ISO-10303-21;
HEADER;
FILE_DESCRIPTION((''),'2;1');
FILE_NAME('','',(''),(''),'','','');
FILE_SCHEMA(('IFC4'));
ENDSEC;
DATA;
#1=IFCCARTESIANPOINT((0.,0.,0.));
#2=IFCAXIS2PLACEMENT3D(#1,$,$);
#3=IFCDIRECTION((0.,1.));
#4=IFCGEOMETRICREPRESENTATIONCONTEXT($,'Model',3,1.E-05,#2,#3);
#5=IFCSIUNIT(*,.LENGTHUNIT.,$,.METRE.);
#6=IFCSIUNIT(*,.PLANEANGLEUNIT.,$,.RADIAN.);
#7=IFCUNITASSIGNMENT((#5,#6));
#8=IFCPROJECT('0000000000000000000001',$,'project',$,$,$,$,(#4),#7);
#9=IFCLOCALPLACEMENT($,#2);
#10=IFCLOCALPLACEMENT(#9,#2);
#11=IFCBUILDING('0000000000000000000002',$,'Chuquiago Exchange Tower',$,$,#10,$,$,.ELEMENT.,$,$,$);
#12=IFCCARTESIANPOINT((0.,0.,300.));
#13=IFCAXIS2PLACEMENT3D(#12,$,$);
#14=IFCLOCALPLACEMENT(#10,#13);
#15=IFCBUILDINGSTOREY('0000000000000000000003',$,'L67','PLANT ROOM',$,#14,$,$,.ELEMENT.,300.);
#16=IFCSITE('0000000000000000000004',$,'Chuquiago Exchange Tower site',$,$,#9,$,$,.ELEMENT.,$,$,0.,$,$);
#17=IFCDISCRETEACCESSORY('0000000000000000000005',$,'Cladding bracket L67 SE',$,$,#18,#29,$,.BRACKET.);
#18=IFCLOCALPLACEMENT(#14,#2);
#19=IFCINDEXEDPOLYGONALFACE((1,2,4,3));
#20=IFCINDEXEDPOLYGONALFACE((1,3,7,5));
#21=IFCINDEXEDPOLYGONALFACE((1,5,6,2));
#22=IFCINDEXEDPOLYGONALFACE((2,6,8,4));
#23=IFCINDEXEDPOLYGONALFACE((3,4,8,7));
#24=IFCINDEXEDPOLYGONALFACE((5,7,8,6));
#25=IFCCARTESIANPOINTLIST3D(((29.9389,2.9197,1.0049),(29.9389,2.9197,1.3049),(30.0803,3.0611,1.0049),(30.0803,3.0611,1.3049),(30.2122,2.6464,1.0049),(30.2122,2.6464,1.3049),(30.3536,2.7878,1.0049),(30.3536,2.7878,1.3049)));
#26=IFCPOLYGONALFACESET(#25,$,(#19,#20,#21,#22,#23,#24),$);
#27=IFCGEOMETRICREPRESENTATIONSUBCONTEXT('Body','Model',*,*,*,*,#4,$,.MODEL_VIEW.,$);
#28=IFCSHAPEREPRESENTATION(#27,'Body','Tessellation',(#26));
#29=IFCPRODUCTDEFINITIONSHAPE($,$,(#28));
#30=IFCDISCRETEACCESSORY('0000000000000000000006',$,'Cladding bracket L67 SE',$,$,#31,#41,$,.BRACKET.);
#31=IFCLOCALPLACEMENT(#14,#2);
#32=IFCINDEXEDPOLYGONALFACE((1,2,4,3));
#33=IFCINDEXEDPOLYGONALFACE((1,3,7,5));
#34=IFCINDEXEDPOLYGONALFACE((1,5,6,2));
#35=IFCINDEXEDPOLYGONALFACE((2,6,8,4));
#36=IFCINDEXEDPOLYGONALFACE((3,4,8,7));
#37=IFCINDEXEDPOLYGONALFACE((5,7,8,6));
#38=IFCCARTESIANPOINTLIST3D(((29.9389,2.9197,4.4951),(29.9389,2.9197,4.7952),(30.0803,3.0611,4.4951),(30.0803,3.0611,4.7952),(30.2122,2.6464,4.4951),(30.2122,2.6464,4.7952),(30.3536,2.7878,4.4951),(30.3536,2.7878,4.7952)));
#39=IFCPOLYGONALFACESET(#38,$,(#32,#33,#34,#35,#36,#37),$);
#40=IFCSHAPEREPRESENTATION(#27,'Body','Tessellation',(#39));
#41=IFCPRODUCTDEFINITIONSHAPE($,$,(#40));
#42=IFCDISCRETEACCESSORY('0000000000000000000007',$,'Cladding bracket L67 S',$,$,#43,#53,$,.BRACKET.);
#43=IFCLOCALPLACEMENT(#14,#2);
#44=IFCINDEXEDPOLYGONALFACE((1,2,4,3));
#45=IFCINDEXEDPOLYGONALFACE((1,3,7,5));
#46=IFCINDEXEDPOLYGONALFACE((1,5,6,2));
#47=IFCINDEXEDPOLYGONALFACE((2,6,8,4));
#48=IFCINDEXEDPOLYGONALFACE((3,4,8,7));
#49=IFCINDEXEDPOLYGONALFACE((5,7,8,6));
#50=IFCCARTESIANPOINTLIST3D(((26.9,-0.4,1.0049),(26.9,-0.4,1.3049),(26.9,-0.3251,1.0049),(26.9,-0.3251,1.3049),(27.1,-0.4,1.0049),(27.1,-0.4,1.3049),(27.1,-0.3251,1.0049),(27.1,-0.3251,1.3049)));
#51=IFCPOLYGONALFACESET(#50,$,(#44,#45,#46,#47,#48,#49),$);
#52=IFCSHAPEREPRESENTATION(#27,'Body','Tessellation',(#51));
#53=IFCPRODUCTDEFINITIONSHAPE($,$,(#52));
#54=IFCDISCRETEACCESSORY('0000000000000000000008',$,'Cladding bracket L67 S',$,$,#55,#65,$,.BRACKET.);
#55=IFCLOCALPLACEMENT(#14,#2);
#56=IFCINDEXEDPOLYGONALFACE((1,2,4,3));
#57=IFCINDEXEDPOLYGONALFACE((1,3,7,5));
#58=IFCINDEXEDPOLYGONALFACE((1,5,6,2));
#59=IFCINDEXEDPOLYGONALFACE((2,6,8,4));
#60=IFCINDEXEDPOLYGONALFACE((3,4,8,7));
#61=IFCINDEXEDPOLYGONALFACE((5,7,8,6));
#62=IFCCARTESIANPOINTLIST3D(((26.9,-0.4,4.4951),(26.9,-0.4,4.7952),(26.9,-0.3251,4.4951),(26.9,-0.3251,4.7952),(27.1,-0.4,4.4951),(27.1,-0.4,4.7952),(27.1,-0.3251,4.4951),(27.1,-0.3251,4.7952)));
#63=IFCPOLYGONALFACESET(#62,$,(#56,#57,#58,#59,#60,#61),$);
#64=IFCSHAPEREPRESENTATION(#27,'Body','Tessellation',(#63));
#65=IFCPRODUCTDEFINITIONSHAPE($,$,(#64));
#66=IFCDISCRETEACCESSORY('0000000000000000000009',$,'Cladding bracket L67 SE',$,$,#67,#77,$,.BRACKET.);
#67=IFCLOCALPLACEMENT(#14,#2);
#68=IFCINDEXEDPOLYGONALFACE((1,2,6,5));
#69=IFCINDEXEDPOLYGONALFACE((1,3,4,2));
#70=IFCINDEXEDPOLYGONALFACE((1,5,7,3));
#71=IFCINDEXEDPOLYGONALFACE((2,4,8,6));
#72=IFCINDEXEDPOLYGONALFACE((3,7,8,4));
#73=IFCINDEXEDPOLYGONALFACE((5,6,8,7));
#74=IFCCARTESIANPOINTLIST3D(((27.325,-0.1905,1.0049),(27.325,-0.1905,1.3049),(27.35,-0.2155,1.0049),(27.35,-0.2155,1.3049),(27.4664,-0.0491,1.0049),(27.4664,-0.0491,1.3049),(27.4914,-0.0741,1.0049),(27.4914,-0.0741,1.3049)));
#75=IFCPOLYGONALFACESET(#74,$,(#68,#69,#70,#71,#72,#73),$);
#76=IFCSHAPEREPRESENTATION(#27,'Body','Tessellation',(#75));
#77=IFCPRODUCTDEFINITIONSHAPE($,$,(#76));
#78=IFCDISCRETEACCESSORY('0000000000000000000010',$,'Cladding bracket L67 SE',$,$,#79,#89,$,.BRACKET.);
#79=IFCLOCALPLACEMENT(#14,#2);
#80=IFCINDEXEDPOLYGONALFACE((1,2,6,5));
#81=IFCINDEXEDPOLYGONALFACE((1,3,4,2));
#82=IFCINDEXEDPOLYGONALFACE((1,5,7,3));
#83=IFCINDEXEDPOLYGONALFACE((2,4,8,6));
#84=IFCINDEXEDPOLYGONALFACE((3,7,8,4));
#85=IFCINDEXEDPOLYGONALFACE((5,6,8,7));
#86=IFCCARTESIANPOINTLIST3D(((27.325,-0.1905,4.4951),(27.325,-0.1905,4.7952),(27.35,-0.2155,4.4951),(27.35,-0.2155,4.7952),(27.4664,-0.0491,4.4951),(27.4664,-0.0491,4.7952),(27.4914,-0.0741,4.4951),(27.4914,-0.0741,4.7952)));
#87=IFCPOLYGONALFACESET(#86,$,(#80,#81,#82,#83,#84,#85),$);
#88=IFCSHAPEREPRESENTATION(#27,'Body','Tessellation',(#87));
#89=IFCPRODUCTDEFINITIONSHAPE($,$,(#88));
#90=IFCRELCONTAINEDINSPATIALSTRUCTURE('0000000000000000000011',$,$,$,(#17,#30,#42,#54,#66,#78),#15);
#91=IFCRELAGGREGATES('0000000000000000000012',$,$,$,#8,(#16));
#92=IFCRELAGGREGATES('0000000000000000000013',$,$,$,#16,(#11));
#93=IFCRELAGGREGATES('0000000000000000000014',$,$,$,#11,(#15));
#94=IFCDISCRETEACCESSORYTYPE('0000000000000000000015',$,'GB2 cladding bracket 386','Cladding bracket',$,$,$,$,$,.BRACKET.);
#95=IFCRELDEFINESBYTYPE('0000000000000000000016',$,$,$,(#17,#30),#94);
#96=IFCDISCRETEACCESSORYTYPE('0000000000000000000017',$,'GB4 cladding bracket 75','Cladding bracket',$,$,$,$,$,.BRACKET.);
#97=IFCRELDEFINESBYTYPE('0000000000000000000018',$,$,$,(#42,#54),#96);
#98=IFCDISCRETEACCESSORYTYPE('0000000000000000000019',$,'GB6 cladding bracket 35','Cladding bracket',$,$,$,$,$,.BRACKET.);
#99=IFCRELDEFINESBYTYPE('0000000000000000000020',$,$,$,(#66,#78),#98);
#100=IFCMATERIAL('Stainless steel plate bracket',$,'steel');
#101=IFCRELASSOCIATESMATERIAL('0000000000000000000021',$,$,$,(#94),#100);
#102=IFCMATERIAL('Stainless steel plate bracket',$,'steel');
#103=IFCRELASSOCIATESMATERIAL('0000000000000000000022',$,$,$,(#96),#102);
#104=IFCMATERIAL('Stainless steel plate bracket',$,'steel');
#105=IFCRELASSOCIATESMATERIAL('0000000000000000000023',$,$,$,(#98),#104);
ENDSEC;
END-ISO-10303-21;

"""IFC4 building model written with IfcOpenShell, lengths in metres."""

from ifc_helpers import new_model, si_unit, direction, frame, origin, origin_2d, place, context, subcontext, project, spatial, rectangle, extrude, material, type_object, element, save


model = new_model("IFC4")

# Units and contexts
model_context = context("Model", 3, precision=1e-05, world=origin(), true_north=direction((0.0, 1.0)))
body_context = subcontext(model_context, "Body", "Model", "MODEL_VIEW")
ifc_project = project(units=[si_unit("LENGTHUNIT", "METRE"), si_unit("PLANEANGLEUNIT", "RADIAN")], contexts=[model_context])

# Site, building, storey
site_placement = place(None, origin())
site = spatial("IfcSite", under=ifc_project, at=site_placement, Name="Chuquiago Exchange Tower site", CompositionType="ELEMENT", RefElevation=0.0)
building_placement = place(site_placement, origin())
building = spatial("IfcBuilding", under=site, at=building_placement, Name="Chuquiago Exchange Tower", CompositionType="ELEMENT")
storey_placement = place(building_placement, frame((0.0, 0.0, 300.0)))
storey = spatial("IfcBuildingStorey", under=building, at=storey_placement, Name="L67", Description="PLANT ROOM", CompositionType="ELEMENT", Elevation=300.0)

# Discrete accessories
ifc_material_1 = material(Name="Stainless steel plate bracket", Category="steel")
discrete_accessory_type_1 = type_object("IfcDiscreteAccessoryType", Name="GB2 cladding bracket 386", Description="Cladding bracket", PredefinedType="BRACKET", material=ifc_material_1)
for number, where, z_axis, x_axis, name in (
    (1, (30.1462, 2.8538, 1.0049), (0.0, 0.0, 1.0), (0.707107, 0.707107, 0.0), "Cladding bracket L67 SE"),
    (2, (30.1462, 2.8538, 4.4951), (0.0, 0.0, 1.0), (0.707107, 0.707107, 0.0), "Cladding bracket L67 SE"),
):
    element("IfcDiscreteAccessory", number, at=place(storey_placement, frame(where, z_axis=z_axis, x_axis=x_axis)), inside=storey, type_object=discrete_accessory_type_1, Name=name, PredefinedType="BRACKET", context=body_context, shape_type="SweptSolid", body=[
        extrude(rectangle(XDim=0.2, YDim=0.3865, at=origin_2d()), origin(), (0.0, 0.0, 1.0), 0.3),
    ])
ifc_material_2 = material(Name="Stainless steel plate bracket", Category="steel")
discrete_accessory_type_2 = type_object("IfcDiscreteAccessoryType", Name="GB4 cladding bracket 75", Description="Cladding bracket", PredefinedType="BRACKET", material=ifc_material_2)
for number, where, z_axis, x_axis, name in (
    (3, (27.0, -0.3625, 1.0049), (0.0, 0.0, 1.0), (1.0, 0.0, 0.0), "Cladding bracket L67 S"),
    (4, (27.0, -0.3625, 4.4951), (0.0, 0.0, 1.0), (1.0, 0.0, 0.0), "Cladding bracket L67 S"),
):
    element("IfcDiscreteAccessory", number, at=place(storey_placement, frame(where, z_axis=z_axis, x_axis=x_axis)), inside=storey, type_object=discrete_accessory_type_2, Name=name, PredefinedType="BRACKET", context=body_context, shape_type="SweptSolid", body=[
        extrude(rectangle(XDim=0.2, YDim=0.075, at=origin_2d()), origin(), (0.0, 0.0, 1.0), 0.3),
    ])
ifc_material_3 = material(Name="Stainless steel plate bracket", Category="steel")
discrete_accessory_type_3 = type_object("IfcDiscreteAccessoryType", Name="GB6 cladding bracket 35", Description="Cladding bracket", PredefinedType="BRACKET", material=ifc_material_3)
for number, where, z_axis, x_axis, name in (
    (5, (27.4082, -0.1323, 1.0049), (0.0, 0.0, 1.0), (0.707107, 0.707107, 0.0), "Cladding bracket L67 SE"),
    (6, (27.4082, -0.1323, 4.4951), (0.0, 0.0, 1.0), (0.707107, 0.707107, 0.0), "Cladding bracket L67 SE"),
):
    element("IfcDiscreteAccessory", number, at=place(storey_placement, frame(where, z_axis=z_axis, x_axis=x_axis)), inside=storey, type_object=discrete_accessory_type_3, Name=name, PredefinedType="BRACKET", context=body_context, shape_type="SweptSolid", body=[
        extrude(rectangle(XDim=0.2, YDim=0.0354, at=origin_2d()), origin(), (0.0, 0.0, 1.0), 0.3),
    ])

save(model, "model.ifc")
